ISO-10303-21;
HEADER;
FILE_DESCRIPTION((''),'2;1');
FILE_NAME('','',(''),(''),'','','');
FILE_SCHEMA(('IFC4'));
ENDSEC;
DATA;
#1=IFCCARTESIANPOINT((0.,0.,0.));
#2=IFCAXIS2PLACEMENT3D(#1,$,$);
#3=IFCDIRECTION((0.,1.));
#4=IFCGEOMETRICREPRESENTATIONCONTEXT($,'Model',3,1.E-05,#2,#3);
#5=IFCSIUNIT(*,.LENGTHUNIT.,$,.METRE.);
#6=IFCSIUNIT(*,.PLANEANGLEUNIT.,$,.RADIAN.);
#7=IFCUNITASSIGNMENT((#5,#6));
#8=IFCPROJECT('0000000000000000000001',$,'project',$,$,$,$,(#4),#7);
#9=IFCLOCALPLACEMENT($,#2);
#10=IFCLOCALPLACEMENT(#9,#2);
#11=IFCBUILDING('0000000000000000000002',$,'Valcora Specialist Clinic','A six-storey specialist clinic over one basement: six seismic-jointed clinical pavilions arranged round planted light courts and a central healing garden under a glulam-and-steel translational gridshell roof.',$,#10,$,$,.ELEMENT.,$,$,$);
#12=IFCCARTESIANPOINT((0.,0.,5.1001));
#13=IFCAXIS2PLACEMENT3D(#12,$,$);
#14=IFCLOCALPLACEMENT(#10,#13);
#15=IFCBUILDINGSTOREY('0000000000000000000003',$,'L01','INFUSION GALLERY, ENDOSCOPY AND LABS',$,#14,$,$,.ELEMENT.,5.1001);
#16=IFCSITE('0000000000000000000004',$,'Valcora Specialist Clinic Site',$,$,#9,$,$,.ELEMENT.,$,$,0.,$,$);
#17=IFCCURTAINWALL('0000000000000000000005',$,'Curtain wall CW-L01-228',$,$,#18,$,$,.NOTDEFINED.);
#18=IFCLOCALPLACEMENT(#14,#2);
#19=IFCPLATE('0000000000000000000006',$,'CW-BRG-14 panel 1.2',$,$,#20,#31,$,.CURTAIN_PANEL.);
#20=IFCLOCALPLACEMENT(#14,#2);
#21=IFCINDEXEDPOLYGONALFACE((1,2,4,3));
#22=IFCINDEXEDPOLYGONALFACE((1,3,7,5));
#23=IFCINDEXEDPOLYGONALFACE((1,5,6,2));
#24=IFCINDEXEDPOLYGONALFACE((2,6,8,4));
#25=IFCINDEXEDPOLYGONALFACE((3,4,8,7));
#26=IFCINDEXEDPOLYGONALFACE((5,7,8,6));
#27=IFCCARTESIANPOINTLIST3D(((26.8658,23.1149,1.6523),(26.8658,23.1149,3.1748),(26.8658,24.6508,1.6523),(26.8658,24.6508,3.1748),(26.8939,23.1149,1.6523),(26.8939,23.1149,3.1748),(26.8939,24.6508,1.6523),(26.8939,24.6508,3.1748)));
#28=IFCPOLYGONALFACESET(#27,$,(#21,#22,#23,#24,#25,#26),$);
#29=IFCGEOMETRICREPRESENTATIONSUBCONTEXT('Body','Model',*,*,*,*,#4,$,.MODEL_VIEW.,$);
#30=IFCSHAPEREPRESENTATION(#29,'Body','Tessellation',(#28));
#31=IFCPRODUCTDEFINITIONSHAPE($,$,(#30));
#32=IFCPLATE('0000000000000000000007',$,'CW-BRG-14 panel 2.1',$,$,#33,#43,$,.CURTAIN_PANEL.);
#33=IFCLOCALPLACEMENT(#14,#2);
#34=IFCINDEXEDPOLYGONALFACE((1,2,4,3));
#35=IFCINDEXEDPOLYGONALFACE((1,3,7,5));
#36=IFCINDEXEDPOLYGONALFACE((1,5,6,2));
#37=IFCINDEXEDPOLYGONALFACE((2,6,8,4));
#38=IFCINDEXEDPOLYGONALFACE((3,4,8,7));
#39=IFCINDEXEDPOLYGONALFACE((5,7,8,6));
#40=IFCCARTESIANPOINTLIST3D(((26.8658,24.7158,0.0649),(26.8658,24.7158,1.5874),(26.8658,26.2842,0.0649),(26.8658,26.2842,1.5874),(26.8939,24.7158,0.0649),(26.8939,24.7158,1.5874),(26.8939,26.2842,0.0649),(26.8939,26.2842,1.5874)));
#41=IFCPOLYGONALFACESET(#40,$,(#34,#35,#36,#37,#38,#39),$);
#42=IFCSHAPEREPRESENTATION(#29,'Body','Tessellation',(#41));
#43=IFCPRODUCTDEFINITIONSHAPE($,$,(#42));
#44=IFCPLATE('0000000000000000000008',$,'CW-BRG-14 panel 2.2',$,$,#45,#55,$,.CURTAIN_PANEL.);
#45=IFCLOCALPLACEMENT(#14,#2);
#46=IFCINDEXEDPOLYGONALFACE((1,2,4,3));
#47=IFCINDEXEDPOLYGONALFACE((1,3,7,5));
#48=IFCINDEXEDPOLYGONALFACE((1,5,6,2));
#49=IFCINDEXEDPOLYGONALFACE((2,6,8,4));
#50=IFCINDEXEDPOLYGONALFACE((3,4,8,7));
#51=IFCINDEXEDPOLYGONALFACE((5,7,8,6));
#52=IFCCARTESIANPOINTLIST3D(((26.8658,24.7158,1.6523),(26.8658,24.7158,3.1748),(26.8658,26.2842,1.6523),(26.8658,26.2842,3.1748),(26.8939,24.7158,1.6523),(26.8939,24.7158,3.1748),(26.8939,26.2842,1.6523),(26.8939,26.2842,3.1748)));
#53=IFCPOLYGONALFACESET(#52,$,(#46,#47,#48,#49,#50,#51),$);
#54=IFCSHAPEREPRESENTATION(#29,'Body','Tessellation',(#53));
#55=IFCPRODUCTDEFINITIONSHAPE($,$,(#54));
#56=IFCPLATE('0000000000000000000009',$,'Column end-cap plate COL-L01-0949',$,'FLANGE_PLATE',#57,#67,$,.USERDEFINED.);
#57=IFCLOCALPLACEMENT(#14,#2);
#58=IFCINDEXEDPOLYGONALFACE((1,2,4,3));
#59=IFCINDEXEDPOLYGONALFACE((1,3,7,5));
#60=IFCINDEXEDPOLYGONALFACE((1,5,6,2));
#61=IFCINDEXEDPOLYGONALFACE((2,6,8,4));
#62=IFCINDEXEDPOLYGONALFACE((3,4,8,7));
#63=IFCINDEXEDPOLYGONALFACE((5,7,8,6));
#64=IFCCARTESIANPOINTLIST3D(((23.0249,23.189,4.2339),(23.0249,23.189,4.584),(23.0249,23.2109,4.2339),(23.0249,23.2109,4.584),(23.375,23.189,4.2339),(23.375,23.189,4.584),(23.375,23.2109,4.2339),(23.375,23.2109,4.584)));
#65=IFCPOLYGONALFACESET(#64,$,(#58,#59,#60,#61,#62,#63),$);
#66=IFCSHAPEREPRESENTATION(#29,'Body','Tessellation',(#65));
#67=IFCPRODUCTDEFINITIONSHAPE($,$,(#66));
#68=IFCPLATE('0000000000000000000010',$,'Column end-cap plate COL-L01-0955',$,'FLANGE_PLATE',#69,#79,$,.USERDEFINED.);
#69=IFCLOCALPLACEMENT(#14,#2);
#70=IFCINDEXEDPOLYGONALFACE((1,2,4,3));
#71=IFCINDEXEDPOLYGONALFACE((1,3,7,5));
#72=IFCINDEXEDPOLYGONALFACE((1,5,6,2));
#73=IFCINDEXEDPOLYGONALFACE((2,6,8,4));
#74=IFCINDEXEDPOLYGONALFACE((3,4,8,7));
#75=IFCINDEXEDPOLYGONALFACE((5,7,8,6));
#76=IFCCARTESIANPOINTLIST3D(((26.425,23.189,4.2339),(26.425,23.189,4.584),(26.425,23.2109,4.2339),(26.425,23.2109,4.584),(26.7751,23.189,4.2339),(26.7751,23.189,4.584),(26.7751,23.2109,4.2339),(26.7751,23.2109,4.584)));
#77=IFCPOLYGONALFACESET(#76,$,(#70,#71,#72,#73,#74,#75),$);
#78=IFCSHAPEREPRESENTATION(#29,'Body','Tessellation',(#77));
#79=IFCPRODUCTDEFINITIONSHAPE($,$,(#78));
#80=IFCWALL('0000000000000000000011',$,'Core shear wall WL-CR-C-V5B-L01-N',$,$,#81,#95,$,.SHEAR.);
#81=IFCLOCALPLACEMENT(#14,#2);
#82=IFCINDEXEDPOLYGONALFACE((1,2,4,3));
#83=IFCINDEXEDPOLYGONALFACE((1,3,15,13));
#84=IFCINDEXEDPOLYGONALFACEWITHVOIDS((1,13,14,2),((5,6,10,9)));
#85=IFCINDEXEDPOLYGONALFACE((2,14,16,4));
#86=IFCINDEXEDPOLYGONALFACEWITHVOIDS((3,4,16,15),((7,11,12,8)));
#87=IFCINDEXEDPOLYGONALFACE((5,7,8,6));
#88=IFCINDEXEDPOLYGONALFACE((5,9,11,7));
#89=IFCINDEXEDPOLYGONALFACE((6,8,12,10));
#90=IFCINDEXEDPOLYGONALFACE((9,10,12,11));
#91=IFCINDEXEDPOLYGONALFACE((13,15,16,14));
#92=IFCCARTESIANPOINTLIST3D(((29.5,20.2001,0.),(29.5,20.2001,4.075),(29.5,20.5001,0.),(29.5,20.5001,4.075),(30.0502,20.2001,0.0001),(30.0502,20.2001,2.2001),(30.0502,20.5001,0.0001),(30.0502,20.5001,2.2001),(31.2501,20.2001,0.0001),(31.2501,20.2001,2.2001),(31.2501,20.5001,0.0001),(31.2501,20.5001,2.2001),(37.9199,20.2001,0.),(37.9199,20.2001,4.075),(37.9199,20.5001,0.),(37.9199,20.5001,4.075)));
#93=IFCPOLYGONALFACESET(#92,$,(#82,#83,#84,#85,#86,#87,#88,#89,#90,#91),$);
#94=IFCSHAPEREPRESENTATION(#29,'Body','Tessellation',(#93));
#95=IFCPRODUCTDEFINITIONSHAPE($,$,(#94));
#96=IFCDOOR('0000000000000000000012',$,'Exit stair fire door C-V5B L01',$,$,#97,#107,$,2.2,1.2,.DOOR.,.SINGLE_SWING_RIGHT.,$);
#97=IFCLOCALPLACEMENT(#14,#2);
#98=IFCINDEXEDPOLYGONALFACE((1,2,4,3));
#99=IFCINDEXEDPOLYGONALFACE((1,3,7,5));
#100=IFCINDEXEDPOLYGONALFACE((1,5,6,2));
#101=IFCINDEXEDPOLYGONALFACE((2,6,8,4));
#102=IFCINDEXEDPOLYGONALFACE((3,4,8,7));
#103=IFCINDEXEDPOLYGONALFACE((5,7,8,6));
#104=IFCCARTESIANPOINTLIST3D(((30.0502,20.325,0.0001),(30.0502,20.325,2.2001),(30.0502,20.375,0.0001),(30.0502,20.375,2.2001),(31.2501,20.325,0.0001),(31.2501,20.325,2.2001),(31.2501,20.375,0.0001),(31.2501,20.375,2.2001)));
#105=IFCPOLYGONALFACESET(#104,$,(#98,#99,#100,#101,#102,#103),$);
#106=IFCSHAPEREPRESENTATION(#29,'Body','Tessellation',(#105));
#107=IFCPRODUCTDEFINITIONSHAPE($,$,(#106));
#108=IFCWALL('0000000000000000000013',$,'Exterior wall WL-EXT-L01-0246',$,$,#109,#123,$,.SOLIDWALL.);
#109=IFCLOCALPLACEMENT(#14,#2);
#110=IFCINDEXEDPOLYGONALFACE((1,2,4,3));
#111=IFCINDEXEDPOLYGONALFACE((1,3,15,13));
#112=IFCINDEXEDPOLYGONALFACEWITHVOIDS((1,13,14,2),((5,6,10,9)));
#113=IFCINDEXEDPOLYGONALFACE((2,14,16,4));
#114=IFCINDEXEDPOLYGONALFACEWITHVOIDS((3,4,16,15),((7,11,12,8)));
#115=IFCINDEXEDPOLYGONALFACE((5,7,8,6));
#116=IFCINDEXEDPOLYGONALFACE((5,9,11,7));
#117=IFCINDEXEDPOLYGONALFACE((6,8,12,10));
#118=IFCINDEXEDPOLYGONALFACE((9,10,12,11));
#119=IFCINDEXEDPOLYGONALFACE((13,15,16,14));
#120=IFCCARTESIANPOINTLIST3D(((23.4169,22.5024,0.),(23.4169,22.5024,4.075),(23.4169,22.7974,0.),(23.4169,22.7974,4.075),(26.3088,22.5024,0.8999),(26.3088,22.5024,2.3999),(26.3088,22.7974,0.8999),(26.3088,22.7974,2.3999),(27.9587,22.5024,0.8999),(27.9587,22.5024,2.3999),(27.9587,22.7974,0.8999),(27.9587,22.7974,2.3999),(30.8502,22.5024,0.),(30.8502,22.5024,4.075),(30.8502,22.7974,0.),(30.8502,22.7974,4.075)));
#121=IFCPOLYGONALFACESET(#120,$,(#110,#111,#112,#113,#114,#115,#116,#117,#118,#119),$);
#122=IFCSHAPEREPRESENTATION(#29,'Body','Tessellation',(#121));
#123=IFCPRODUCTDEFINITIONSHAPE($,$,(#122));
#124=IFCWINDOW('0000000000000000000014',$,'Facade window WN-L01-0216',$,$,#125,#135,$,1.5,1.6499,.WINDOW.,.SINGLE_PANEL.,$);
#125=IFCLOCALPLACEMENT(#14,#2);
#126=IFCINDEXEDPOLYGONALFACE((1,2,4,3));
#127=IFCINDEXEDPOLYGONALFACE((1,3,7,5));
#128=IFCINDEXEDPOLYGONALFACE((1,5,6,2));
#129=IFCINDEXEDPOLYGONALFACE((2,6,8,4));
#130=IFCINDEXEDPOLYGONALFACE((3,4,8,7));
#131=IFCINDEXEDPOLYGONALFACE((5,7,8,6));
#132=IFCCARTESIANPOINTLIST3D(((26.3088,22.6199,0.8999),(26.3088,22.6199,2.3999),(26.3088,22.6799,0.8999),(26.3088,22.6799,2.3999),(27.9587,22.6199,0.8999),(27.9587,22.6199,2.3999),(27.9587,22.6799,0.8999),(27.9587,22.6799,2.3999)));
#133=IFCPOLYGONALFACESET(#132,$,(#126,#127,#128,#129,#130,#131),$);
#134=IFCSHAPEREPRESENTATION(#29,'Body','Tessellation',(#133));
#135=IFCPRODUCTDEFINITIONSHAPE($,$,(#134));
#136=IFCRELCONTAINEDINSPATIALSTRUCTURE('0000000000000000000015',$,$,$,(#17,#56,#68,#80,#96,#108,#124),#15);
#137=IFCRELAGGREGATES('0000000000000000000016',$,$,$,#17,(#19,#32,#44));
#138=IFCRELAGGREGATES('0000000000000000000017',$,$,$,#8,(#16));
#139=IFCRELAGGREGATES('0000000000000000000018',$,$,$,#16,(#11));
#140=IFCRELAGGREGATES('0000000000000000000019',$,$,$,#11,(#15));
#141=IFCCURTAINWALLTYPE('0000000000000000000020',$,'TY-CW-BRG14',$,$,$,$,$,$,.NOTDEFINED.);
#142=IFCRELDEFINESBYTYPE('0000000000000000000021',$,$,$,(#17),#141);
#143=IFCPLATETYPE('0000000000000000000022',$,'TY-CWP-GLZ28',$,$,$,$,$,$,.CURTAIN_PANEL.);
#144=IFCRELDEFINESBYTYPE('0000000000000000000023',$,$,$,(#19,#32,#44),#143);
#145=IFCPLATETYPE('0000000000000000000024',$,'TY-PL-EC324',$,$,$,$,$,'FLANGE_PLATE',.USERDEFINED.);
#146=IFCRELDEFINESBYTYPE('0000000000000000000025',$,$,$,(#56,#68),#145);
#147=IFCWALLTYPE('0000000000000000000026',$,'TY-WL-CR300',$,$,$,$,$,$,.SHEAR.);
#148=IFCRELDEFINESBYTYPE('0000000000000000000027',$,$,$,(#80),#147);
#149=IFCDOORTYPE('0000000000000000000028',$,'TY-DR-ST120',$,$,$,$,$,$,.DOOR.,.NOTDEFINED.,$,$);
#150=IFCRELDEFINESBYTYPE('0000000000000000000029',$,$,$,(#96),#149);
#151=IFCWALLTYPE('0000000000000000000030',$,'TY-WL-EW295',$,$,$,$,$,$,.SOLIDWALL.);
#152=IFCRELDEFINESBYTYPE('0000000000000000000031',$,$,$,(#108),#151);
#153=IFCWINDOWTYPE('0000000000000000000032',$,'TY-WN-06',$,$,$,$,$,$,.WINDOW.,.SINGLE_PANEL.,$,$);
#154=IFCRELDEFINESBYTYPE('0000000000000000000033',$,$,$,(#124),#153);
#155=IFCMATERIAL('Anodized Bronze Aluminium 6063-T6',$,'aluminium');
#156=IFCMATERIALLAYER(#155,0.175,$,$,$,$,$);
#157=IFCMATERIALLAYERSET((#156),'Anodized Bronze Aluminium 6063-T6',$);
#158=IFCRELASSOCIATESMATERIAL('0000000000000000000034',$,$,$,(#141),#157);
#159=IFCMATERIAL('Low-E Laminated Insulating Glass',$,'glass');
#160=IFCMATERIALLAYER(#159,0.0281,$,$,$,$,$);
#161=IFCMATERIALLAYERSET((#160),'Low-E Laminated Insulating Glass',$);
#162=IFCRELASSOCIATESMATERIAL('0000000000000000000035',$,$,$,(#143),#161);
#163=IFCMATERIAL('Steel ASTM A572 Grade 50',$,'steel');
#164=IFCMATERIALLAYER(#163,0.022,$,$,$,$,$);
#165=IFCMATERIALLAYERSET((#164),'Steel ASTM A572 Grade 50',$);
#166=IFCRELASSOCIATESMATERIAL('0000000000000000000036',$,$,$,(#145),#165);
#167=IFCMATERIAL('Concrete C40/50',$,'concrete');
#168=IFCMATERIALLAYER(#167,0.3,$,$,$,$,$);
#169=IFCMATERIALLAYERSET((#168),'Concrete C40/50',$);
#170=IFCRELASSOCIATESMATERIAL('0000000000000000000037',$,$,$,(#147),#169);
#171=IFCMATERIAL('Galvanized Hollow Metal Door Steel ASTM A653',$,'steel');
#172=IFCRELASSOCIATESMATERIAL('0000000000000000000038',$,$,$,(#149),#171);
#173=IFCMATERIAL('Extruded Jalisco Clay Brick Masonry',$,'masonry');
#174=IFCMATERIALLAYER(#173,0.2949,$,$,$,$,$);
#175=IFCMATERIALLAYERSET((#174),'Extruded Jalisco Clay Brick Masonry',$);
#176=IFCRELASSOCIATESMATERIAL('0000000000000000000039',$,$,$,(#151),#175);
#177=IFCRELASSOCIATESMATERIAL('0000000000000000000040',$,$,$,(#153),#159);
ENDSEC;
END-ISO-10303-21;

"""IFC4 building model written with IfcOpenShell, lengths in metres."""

from ifc_helpers import new_model, si_unit, direction, frame, frame_2d, origin, origin_2d, place, context, subcontext, project, spatial, rectangle, extrude, material, layer, layer_set, type_object, element, fill, aggregate, save


model = new_model("IFC4")

# Units and contexts
model_context = context("Model", 3, precision=1e-05, world=origin(), true_north=direction((0.0, 1.0)))
body_context = subcontext(model_context, "Body", "Model", "MODEL_VIEW")
ifc_project = project(units=[si_unit("LENGTHUNIT", "METRE"), si_unit("PLANEANGLEUNIT", "RADIAN")], contexts=[model_context])

# Site, building, storey
site_placement = place(None, origin())
site = spatial("IfcSite", under=ifc_project, at=site_placement, Name="Valcora Specialist Clinic Site", CompositionType="ELEMENT", RefElevation=0.0)
building_placement = place(site_placement, origin())
building = spatial("IfcBuilding", under=site, at=building_placement, Name="Valcora Specialist Clinic", Description="A six-storey specialist clinic over one basement: six seismic-jointed clinical pavilions arranged round planted light courts and a central healing garden under a glulam-and-steel translational gridshell roof.", CompositionType="ELEMENT")
storey_placement = place(building_placement, frame((0.0, 0.0, 5.1001)))
storey = spatial("IfcBuildingStorey", under=building, at=storey_placement, Name="L01", Description="INFUSION GALLERY, ENDOSCOPY AND LABS", CompositionType="ELEMENT", Elevation=5.1001)

# Shared definitions
ifc_material_1 = material(Name="Concrete C40/50", Category="concrete")

# Curtain wall, plates
ifc_material_2 = material(Name="Anodized Bronze Aluminium 6063-T6", Category="aluminium")
ifc_layer_1 = layer(ifc_material_2, 0.175)
ifc_layer_set_1 = layer_set([ifc_layer_1], Name="Anodized Bronze Aluminium 6063-T6")
curtain_wall_type = type_object("IfcCurtainWallType", Name="TY-CW-BRG14", PredefinedType="NOTDEFINED", material=ifc_layer_set_1)
curtain_wall_placement = place(storey_placement, origin())
curtain_wall = element("IfcCurtainWall", 1, at=curtain_wall_placement, inside=storey, type_object=curtain_wall_type, Name="Curtain wall CW-L01-228", PredefinedType="NOTDEFINED")
ifc_material_3 = material(Name="Low-E Laminated Insulating Glass", Category="glass")
ifc_layer_2 = layer(ifc_material_3, 0.0281)
ifc_layer_set_2 = layer_set([ifc_layer_2], Name="Low-E Laminated Insulating Glass")
plate_type_1 = type_object("IfcPlateType", Name="TY-CWP-GLZ28", PredefinedType="CURTAIN_PANEL", material=ifc_layer_set_2)
plate_1_placement = place(storey_placement, frame((26.8799, 23.8828, 1.6523), z_axis=(0.0, 0.0, 1.0), x_axis=(0.0, 1.0, 0.0)))
plate_1 = element("IfcPlate", 2, at=plate_1_placement, type_object=plate_type_1, Name="CW-BRG-14 panel 1.2", PredefinedType="CURTAIN_PANEL", context=body_context, shape_type="SweptSolid", body=[
    extrude(rectangle(XDim=1.5359, YDim=0.0281, at=origin_2d()), origin(), (0.0, 0.0, 1.0), 1.5225),
])
plate_2_placement = place(storey_placement, frame((26.8799, 25.5, 0.0649), z_axis=(0.0, 0.0, 1.0), x_axis=(0.0, 1.0, 0.0)))
plate_2 = element("IfcPlate", 3, at=plate_2_placement, type_object=plate_type_1, Name="CW-BRG-14 panel 2.1", PredefinedType="CURTAIN_PANEL", context=body_context, shape_type="SweptSolid", body=[
    extrude(rectangle(XDim=1.5684, YDim=0.0281, at=origin_2d()), origin(), (0.0, 0.0, 1.0), 1.5225),
])
plate_3_placement = place(storey_placement, frame((26.8799, 25.5, 1.6523), z_axis=(0.0, 0.0, 1.0), x_axis=(0.0, 1.0, 0.0)))
plate_3 = element("IfcPlate", 4, at=plate_3_placement, type_object=plate_type_1, Name="CW-BRG-14 panel 2.2", PredefinedType="CURTAIN_PANEL", context=body_context, shape_type="SweptSolid", body=[
    extrude(rectangle(XDim=1.5684, YDim=0.0281, at=origin_2d()), origin(), (0.0, 0.0, 1.0), 1.5225),
])
aggregate(curtain_wall, [plate_1, plate_2, plate_3])

# Plates
ifc_material_4 = material(Name="Steel ASTM A572 Grade 50", Category="steel")
ifc_layer_3 = layer(ifc_material_4, 0.022)
ifc_layer_set_3 = layer_set([ifc_layer_3], Name="Steel ASTM A572 Grade 50")
plate_type_2 = type_object("IfcPlateType", Name="TY-PL-EC324", ElementType="FLANGE_PLATE", PredefinedType="USERDEFINED", material=ifc_layer_set_3)
for number, where, z_axis, x_axis, name in (
    (5, (23.2, 23.2, 4.2339), (0.0, 0.0, 1.0), (1.0, 0.0, 0.0), "Column end-cap plate COL-L01-0949"),
    (6, (26.6001, 23.2, 4.2339), (0.0, 0.0, 1.0), (1.0, 0.0, 0.0), "Column end-cap plate COL-L01-0955"),
):
    element("IfcPlate", number, at=place(storey_placement, frame(where, z_axis=z_axis, x_axis=x_axis)), inside=storey, type_object=plate_type_2, Name=name, ObjectType="FLANGE_PLATE", PredefinedType="USERDEFINED", context=body_context, shape_type="SweptSolid", body=[
        extrude(rectangle(XDim=0.3501, YDim=0.022, at=origin_2d()), origin(), (0.0, 0.0, 1.0), 0.3501),
    ])

# Wall, opening, door
ifc_layer_4 = layer(ifc_material_1, 0.3)
ifc_layer_set_4 = layer_set([ifc_layer_4], Name="Concrete C40/50")
wall_type_1 = type_object("IfcWallType", Name="TY-WL-CR300", PredefinedType="SHEAR", material=ifc_layer_set_4)
wall_1_placement = place(storey_placement, frame((29.5, 20.3501, 0.0), z_axis=(0.0, 0.0, 1.0), x_axis=(1.0, 0.0, 0.0)))
wall_1 = element("IfcWall", 7, at=wall_1_placement, inside=storey, type_object=wall_type_1, Name="Core shear wall WL-CR-C-V5B-L01-N", PredefinedType="SHEAR", context=body_context, shape_type="SweptSolid", body=[
    extrude(rectangle(XDim=8.4199, YDim=0.3, at=frame_2d((4.21, 0.0))), origin(), (0.0, 0.0, 1.0), 4.075),
])
opening_1_placement = place(wall_1_placement, frame((0.55, 0.0, 0.0)))
opening_1 = element("IfcOpeningElement", 8, at=opening_1_placement, cuts=wall_1, PredefinedType="OPENING", context=body_context, shape_type="SweptSolid", body=[
    extrude(rectangle(XDim=1.2, YDim=2.2, at=frame_2d((0.6001, 1.1001))), frame((0.0, 0.1599, 0.0), z_axis=(0.0, -1.0, 0.0), x_axis=(1.0, 0.0, 0.0)), (0.0, 0.0, 1.0), 0.3201),
])
ifc_material_5 = material(Name="Galvanized Hollow Metal Door Steel ASTM A653", Category="steel")
door_type = type_object("IfcDoorType", Name="TY-DR-ST120", OperationType="NOTDEFINED", PredefinedType="DOOR", material=ifc_material_5)
door_placement = place(opening_1_placement, origin())
door = element("IfcDoor", 9, at=door_placement, inside=storey, type_object=door_type, Name="Exit stair fire door C-V5B L01", OperationType="SINGLE_SWING_RIGHT", OverallHeight=2.2, OverallWidth=1.2, PredefinedType="DOOR", context=body_context, shape_type="SweptSolid", body=[
    extrude(rectangle(XDim=1.2, YDim=2.2, at=frame_2d((0.6001, 1.1001))), frame((0.0, 0.0249, 0.0), z_axis=(0.0, -1.0, 0.0), x_axis=(1.0, 0.0, 0.0)), (0.0, 0.0, 1.0), 0.05),
])
fill(opening_1, door)

# Wall, opening, window
ifc_material_6 = material(Name="Extruded Jalisco Clay Brick Masonry", Category="masonry")
ifc_layer_5 = layer(ifc_material_6, 0.2949)
ifc_layer_set_5 = layer_set([ifc_layer_5], Name="Extruded Jalisco Clay Brick Masonry")
wall_type_2 = type_object("IfcWallType", Name="TY-WL-EW295", PredefinedType="SOLIDWALL", material=ifc_layer_set_5)
wall_2_placement = place(storey_placement, frame((23.4167, 22.6499, 0.0), z_axis=(0.0, 0.0, 1.0), x_axis=(1.0, 0.0, 0.0)))
wall_2 = element("IfcWall", 10, at=wall_2_placement, inside=storey, type_object=wall_type_2, Name="Exterior wall WL-EXT-L01-0246", PredefinedType="SOLIDWALL", context=body_context, shape_type="SweptSolid", body=[
    extrude(rectangle(XDim=7.4333, YDim=0.2949, at=frame_2d((3.7168, 0.0))), origin(), (0.0, 0.0, 1.0), 4.075),
])
opening_2_placement = place(wall_2_placement, frame((2.8921, 0.0, 0.8999)))
opening_2 = element("IfcOpeningElement", 11, at=opening_2_placement, cuts=wall_2, PredefinedType="OPENING", context=body_context, shape_type="SweptSolid", body=[
    extrude(rectangle(XDim=1.6499, YDim=1.5, at=frame_2d((0.825, 0.75))), frame((0.0, 0.1575, 0.0), z_axis=(0.0, -1.0, 0.0), x_axis=(1.0, 0.0, 0.0)), (0.0, 0.0, 1.0), 0.3149),
])
window_type = type_object("IfcWindowType", Name="TY-WN-06", PartitioningType="SINGLE_PANEL", PredefinedType="WINDOW", material=ifc_material_3)
window_placement = place(opening_2_placement, origin())
window = element("IfcWindow", 12, at=window_placement, inside=storey, type_object=window_type, Name="Facade window WN-L01-0216", OverallHeight=1.5, OverallWidth=1.6499, PartitioningType="SINGLE_PANEL", PredefinedType="WINDOW", context=body_context, shape_type="SweptSolid", body=[
    extrude(rectangle(XDim=1.6499, YDim=1.5, at=frame_2d((0.825, 0.75))), frame((0.0, 0.03, 0.0), z_axis=(0.0, -1.0, 0.0), x_axis=(1.0, 0.0, 0.0)), (0.0, 0.0, 1.0), 0.0601),
])
fill(opening_2, window)

save(model, "model.ifc")
